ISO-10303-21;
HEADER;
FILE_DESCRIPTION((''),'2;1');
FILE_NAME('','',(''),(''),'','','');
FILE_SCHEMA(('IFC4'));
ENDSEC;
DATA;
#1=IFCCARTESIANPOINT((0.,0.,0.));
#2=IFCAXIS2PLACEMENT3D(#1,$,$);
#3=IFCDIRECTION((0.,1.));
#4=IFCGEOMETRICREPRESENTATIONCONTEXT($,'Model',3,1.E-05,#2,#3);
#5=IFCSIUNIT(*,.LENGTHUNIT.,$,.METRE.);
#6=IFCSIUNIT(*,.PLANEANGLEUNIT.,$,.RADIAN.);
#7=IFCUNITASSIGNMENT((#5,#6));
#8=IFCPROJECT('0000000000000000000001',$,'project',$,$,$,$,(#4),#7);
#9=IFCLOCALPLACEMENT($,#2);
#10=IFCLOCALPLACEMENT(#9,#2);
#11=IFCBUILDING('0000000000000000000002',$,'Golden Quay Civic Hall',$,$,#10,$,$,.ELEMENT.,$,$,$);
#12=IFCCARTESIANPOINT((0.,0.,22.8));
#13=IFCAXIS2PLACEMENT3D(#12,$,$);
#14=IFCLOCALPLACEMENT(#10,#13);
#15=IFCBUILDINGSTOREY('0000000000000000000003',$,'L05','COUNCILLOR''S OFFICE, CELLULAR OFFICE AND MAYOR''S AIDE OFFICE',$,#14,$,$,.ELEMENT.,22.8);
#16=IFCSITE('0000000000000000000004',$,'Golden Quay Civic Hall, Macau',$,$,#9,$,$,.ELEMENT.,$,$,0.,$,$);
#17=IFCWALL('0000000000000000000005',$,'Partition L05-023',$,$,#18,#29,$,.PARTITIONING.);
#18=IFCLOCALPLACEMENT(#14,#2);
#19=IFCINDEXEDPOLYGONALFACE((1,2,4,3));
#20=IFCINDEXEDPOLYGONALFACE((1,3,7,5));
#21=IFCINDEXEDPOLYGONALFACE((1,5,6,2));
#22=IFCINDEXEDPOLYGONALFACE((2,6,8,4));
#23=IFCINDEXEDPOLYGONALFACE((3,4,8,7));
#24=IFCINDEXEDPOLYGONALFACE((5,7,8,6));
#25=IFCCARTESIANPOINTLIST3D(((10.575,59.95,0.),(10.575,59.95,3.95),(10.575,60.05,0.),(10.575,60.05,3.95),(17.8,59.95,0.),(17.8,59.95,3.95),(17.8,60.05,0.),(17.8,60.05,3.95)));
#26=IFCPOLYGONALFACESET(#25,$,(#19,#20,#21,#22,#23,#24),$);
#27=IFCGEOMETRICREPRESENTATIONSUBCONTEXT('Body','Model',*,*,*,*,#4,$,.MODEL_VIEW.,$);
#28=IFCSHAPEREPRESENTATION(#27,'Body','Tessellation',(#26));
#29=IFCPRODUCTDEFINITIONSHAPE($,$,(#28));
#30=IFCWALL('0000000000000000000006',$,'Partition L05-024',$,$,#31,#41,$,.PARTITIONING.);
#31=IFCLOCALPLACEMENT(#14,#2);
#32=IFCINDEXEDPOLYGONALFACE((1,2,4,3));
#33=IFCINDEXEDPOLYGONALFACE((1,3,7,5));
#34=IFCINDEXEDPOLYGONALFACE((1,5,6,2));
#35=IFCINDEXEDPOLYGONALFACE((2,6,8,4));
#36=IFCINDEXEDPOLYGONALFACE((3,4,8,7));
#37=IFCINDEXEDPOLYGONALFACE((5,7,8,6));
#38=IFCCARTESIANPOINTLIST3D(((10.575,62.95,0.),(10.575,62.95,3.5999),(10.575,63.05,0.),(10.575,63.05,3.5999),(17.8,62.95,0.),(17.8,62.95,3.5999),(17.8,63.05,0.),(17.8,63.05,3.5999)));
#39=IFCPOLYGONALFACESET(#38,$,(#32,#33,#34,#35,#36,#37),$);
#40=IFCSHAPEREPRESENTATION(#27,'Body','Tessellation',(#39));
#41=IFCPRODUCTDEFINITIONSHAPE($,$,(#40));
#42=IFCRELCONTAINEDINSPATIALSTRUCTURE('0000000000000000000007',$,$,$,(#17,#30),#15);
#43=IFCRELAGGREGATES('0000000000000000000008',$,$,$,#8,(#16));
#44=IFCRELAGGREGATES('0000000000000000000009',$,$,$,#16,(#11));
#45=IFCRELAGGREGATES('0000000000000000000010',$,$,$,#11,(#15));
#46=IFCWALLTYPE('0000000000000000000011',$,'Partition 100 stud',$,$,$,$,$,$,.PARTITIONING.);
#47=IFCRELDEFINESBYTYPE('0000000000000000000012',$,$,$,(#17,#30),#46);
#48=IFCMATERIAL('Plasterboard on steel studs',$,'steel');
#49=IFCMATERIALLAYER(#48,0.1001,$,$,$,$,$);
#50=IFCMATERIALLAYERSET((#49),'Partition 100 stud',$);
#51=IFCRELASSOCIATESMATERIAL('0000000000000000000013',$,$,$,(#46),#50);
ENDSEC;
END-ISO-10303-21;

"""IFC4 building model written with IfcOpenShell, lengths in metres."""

from ifc_helpers import new_model, si_unit, direction, frame, frame_2d, origin, place, context, subcontext, project, spatial, rectangle, extrude, material, layer, layer_set, type_object, element, save


model = new_model("IFC4")

# Units and contexts
model_context = context("Model", 3, precision=1e-05, world=origin(), true_north=direction((0.0, 1.0)))
body_context = subcontext(model_context, "Body", "Model", "MODEL_VIEW")
ifc_project = project(units=[si_unit("LENGTHUNIT", "METRE"), si_unit("PLANEANGLEUNIT", "RADIAN")], contexts=[model_context])

# Site, building, storey
site_placement = place(None, origin())
site = spatial("IfcSite", under=ifc_project, at=site_placement, Name="Golden Quay Civic Hall, Macau", CompositionType="ELEMENT", RefElevation=0.0)
building_placement = place(site_placement, origin())
building = spatial("IfcBuilding", under=site, at=building_placement, Name="Golden Quay Civic Hall", CompositionType="ELEMENT")
storey_placement = place(building_placement, frame((0.0, 0.0, 22.8)))
storey = spatial("IfcBuildingStorey", under=building, at=storey_placement, Name="L05", Description="COUNCILLOR'S OFFICE, CELLULAR OFFICE AND MAYOR'S AIDE OFFICE", CompositionType="ELEMENT", Elevation=22.8)

# Walls
ifc_material_1 = material(Name="Plasterboard on steel studs", Category="steel")
ifc_layer = layer(ifc_material_1, 0.1001)
ifc_layer_set = layer_set([ifc_layer], Name="Partition 100 stud")
wall_type = type_object("IfcWallType", Name="Partition 100 stud", PredefinedType="PARTITIONING", material=ifc_layer_set)
wall_1_placement = place(storey_placement, frame((10.575, 60.0, 0.0), z_axis=(0.0, 0.0, 1.0), x_axis=(1.0, 0.0, 0.0)))
element("IfcWall", 1, at=wall_1_placement, inside=storey, type_object=wall_type, Name="Partition L05-023", PredefinedType="PARTITIONING", context=body_context, shape_type="SweptSolid", body=[
    extrude(rectangle(XDim=7.2251, YDim=0.1001, at=frame_2d((3.6125, 0.0))), origin(), (0.0, 0.0, 1.0), 3.95),
])
wall_2_placement = place(storey_placement, frame((10.575, 63.0, 0.0), z_axis=(0.0, 0.0, 1.0), x_axis=(1.0, 0.0, 0.0)))
element("IfcWall", 2, at=wall_2_placement, inside=storey, type_object=wall_type, Name="Partition L05-024", PredefinedType="PARTITIONING", context=body_context, shape_type="SweptSolid", body=[
    extrude(rectangle(XDim=7.2251, YDim=0.1001, at=frame_2d((3.6125, 0.0))), origin(), (0.0, 0.0, 1.0), 3.5999),
])

save(model, "model.ifc")
